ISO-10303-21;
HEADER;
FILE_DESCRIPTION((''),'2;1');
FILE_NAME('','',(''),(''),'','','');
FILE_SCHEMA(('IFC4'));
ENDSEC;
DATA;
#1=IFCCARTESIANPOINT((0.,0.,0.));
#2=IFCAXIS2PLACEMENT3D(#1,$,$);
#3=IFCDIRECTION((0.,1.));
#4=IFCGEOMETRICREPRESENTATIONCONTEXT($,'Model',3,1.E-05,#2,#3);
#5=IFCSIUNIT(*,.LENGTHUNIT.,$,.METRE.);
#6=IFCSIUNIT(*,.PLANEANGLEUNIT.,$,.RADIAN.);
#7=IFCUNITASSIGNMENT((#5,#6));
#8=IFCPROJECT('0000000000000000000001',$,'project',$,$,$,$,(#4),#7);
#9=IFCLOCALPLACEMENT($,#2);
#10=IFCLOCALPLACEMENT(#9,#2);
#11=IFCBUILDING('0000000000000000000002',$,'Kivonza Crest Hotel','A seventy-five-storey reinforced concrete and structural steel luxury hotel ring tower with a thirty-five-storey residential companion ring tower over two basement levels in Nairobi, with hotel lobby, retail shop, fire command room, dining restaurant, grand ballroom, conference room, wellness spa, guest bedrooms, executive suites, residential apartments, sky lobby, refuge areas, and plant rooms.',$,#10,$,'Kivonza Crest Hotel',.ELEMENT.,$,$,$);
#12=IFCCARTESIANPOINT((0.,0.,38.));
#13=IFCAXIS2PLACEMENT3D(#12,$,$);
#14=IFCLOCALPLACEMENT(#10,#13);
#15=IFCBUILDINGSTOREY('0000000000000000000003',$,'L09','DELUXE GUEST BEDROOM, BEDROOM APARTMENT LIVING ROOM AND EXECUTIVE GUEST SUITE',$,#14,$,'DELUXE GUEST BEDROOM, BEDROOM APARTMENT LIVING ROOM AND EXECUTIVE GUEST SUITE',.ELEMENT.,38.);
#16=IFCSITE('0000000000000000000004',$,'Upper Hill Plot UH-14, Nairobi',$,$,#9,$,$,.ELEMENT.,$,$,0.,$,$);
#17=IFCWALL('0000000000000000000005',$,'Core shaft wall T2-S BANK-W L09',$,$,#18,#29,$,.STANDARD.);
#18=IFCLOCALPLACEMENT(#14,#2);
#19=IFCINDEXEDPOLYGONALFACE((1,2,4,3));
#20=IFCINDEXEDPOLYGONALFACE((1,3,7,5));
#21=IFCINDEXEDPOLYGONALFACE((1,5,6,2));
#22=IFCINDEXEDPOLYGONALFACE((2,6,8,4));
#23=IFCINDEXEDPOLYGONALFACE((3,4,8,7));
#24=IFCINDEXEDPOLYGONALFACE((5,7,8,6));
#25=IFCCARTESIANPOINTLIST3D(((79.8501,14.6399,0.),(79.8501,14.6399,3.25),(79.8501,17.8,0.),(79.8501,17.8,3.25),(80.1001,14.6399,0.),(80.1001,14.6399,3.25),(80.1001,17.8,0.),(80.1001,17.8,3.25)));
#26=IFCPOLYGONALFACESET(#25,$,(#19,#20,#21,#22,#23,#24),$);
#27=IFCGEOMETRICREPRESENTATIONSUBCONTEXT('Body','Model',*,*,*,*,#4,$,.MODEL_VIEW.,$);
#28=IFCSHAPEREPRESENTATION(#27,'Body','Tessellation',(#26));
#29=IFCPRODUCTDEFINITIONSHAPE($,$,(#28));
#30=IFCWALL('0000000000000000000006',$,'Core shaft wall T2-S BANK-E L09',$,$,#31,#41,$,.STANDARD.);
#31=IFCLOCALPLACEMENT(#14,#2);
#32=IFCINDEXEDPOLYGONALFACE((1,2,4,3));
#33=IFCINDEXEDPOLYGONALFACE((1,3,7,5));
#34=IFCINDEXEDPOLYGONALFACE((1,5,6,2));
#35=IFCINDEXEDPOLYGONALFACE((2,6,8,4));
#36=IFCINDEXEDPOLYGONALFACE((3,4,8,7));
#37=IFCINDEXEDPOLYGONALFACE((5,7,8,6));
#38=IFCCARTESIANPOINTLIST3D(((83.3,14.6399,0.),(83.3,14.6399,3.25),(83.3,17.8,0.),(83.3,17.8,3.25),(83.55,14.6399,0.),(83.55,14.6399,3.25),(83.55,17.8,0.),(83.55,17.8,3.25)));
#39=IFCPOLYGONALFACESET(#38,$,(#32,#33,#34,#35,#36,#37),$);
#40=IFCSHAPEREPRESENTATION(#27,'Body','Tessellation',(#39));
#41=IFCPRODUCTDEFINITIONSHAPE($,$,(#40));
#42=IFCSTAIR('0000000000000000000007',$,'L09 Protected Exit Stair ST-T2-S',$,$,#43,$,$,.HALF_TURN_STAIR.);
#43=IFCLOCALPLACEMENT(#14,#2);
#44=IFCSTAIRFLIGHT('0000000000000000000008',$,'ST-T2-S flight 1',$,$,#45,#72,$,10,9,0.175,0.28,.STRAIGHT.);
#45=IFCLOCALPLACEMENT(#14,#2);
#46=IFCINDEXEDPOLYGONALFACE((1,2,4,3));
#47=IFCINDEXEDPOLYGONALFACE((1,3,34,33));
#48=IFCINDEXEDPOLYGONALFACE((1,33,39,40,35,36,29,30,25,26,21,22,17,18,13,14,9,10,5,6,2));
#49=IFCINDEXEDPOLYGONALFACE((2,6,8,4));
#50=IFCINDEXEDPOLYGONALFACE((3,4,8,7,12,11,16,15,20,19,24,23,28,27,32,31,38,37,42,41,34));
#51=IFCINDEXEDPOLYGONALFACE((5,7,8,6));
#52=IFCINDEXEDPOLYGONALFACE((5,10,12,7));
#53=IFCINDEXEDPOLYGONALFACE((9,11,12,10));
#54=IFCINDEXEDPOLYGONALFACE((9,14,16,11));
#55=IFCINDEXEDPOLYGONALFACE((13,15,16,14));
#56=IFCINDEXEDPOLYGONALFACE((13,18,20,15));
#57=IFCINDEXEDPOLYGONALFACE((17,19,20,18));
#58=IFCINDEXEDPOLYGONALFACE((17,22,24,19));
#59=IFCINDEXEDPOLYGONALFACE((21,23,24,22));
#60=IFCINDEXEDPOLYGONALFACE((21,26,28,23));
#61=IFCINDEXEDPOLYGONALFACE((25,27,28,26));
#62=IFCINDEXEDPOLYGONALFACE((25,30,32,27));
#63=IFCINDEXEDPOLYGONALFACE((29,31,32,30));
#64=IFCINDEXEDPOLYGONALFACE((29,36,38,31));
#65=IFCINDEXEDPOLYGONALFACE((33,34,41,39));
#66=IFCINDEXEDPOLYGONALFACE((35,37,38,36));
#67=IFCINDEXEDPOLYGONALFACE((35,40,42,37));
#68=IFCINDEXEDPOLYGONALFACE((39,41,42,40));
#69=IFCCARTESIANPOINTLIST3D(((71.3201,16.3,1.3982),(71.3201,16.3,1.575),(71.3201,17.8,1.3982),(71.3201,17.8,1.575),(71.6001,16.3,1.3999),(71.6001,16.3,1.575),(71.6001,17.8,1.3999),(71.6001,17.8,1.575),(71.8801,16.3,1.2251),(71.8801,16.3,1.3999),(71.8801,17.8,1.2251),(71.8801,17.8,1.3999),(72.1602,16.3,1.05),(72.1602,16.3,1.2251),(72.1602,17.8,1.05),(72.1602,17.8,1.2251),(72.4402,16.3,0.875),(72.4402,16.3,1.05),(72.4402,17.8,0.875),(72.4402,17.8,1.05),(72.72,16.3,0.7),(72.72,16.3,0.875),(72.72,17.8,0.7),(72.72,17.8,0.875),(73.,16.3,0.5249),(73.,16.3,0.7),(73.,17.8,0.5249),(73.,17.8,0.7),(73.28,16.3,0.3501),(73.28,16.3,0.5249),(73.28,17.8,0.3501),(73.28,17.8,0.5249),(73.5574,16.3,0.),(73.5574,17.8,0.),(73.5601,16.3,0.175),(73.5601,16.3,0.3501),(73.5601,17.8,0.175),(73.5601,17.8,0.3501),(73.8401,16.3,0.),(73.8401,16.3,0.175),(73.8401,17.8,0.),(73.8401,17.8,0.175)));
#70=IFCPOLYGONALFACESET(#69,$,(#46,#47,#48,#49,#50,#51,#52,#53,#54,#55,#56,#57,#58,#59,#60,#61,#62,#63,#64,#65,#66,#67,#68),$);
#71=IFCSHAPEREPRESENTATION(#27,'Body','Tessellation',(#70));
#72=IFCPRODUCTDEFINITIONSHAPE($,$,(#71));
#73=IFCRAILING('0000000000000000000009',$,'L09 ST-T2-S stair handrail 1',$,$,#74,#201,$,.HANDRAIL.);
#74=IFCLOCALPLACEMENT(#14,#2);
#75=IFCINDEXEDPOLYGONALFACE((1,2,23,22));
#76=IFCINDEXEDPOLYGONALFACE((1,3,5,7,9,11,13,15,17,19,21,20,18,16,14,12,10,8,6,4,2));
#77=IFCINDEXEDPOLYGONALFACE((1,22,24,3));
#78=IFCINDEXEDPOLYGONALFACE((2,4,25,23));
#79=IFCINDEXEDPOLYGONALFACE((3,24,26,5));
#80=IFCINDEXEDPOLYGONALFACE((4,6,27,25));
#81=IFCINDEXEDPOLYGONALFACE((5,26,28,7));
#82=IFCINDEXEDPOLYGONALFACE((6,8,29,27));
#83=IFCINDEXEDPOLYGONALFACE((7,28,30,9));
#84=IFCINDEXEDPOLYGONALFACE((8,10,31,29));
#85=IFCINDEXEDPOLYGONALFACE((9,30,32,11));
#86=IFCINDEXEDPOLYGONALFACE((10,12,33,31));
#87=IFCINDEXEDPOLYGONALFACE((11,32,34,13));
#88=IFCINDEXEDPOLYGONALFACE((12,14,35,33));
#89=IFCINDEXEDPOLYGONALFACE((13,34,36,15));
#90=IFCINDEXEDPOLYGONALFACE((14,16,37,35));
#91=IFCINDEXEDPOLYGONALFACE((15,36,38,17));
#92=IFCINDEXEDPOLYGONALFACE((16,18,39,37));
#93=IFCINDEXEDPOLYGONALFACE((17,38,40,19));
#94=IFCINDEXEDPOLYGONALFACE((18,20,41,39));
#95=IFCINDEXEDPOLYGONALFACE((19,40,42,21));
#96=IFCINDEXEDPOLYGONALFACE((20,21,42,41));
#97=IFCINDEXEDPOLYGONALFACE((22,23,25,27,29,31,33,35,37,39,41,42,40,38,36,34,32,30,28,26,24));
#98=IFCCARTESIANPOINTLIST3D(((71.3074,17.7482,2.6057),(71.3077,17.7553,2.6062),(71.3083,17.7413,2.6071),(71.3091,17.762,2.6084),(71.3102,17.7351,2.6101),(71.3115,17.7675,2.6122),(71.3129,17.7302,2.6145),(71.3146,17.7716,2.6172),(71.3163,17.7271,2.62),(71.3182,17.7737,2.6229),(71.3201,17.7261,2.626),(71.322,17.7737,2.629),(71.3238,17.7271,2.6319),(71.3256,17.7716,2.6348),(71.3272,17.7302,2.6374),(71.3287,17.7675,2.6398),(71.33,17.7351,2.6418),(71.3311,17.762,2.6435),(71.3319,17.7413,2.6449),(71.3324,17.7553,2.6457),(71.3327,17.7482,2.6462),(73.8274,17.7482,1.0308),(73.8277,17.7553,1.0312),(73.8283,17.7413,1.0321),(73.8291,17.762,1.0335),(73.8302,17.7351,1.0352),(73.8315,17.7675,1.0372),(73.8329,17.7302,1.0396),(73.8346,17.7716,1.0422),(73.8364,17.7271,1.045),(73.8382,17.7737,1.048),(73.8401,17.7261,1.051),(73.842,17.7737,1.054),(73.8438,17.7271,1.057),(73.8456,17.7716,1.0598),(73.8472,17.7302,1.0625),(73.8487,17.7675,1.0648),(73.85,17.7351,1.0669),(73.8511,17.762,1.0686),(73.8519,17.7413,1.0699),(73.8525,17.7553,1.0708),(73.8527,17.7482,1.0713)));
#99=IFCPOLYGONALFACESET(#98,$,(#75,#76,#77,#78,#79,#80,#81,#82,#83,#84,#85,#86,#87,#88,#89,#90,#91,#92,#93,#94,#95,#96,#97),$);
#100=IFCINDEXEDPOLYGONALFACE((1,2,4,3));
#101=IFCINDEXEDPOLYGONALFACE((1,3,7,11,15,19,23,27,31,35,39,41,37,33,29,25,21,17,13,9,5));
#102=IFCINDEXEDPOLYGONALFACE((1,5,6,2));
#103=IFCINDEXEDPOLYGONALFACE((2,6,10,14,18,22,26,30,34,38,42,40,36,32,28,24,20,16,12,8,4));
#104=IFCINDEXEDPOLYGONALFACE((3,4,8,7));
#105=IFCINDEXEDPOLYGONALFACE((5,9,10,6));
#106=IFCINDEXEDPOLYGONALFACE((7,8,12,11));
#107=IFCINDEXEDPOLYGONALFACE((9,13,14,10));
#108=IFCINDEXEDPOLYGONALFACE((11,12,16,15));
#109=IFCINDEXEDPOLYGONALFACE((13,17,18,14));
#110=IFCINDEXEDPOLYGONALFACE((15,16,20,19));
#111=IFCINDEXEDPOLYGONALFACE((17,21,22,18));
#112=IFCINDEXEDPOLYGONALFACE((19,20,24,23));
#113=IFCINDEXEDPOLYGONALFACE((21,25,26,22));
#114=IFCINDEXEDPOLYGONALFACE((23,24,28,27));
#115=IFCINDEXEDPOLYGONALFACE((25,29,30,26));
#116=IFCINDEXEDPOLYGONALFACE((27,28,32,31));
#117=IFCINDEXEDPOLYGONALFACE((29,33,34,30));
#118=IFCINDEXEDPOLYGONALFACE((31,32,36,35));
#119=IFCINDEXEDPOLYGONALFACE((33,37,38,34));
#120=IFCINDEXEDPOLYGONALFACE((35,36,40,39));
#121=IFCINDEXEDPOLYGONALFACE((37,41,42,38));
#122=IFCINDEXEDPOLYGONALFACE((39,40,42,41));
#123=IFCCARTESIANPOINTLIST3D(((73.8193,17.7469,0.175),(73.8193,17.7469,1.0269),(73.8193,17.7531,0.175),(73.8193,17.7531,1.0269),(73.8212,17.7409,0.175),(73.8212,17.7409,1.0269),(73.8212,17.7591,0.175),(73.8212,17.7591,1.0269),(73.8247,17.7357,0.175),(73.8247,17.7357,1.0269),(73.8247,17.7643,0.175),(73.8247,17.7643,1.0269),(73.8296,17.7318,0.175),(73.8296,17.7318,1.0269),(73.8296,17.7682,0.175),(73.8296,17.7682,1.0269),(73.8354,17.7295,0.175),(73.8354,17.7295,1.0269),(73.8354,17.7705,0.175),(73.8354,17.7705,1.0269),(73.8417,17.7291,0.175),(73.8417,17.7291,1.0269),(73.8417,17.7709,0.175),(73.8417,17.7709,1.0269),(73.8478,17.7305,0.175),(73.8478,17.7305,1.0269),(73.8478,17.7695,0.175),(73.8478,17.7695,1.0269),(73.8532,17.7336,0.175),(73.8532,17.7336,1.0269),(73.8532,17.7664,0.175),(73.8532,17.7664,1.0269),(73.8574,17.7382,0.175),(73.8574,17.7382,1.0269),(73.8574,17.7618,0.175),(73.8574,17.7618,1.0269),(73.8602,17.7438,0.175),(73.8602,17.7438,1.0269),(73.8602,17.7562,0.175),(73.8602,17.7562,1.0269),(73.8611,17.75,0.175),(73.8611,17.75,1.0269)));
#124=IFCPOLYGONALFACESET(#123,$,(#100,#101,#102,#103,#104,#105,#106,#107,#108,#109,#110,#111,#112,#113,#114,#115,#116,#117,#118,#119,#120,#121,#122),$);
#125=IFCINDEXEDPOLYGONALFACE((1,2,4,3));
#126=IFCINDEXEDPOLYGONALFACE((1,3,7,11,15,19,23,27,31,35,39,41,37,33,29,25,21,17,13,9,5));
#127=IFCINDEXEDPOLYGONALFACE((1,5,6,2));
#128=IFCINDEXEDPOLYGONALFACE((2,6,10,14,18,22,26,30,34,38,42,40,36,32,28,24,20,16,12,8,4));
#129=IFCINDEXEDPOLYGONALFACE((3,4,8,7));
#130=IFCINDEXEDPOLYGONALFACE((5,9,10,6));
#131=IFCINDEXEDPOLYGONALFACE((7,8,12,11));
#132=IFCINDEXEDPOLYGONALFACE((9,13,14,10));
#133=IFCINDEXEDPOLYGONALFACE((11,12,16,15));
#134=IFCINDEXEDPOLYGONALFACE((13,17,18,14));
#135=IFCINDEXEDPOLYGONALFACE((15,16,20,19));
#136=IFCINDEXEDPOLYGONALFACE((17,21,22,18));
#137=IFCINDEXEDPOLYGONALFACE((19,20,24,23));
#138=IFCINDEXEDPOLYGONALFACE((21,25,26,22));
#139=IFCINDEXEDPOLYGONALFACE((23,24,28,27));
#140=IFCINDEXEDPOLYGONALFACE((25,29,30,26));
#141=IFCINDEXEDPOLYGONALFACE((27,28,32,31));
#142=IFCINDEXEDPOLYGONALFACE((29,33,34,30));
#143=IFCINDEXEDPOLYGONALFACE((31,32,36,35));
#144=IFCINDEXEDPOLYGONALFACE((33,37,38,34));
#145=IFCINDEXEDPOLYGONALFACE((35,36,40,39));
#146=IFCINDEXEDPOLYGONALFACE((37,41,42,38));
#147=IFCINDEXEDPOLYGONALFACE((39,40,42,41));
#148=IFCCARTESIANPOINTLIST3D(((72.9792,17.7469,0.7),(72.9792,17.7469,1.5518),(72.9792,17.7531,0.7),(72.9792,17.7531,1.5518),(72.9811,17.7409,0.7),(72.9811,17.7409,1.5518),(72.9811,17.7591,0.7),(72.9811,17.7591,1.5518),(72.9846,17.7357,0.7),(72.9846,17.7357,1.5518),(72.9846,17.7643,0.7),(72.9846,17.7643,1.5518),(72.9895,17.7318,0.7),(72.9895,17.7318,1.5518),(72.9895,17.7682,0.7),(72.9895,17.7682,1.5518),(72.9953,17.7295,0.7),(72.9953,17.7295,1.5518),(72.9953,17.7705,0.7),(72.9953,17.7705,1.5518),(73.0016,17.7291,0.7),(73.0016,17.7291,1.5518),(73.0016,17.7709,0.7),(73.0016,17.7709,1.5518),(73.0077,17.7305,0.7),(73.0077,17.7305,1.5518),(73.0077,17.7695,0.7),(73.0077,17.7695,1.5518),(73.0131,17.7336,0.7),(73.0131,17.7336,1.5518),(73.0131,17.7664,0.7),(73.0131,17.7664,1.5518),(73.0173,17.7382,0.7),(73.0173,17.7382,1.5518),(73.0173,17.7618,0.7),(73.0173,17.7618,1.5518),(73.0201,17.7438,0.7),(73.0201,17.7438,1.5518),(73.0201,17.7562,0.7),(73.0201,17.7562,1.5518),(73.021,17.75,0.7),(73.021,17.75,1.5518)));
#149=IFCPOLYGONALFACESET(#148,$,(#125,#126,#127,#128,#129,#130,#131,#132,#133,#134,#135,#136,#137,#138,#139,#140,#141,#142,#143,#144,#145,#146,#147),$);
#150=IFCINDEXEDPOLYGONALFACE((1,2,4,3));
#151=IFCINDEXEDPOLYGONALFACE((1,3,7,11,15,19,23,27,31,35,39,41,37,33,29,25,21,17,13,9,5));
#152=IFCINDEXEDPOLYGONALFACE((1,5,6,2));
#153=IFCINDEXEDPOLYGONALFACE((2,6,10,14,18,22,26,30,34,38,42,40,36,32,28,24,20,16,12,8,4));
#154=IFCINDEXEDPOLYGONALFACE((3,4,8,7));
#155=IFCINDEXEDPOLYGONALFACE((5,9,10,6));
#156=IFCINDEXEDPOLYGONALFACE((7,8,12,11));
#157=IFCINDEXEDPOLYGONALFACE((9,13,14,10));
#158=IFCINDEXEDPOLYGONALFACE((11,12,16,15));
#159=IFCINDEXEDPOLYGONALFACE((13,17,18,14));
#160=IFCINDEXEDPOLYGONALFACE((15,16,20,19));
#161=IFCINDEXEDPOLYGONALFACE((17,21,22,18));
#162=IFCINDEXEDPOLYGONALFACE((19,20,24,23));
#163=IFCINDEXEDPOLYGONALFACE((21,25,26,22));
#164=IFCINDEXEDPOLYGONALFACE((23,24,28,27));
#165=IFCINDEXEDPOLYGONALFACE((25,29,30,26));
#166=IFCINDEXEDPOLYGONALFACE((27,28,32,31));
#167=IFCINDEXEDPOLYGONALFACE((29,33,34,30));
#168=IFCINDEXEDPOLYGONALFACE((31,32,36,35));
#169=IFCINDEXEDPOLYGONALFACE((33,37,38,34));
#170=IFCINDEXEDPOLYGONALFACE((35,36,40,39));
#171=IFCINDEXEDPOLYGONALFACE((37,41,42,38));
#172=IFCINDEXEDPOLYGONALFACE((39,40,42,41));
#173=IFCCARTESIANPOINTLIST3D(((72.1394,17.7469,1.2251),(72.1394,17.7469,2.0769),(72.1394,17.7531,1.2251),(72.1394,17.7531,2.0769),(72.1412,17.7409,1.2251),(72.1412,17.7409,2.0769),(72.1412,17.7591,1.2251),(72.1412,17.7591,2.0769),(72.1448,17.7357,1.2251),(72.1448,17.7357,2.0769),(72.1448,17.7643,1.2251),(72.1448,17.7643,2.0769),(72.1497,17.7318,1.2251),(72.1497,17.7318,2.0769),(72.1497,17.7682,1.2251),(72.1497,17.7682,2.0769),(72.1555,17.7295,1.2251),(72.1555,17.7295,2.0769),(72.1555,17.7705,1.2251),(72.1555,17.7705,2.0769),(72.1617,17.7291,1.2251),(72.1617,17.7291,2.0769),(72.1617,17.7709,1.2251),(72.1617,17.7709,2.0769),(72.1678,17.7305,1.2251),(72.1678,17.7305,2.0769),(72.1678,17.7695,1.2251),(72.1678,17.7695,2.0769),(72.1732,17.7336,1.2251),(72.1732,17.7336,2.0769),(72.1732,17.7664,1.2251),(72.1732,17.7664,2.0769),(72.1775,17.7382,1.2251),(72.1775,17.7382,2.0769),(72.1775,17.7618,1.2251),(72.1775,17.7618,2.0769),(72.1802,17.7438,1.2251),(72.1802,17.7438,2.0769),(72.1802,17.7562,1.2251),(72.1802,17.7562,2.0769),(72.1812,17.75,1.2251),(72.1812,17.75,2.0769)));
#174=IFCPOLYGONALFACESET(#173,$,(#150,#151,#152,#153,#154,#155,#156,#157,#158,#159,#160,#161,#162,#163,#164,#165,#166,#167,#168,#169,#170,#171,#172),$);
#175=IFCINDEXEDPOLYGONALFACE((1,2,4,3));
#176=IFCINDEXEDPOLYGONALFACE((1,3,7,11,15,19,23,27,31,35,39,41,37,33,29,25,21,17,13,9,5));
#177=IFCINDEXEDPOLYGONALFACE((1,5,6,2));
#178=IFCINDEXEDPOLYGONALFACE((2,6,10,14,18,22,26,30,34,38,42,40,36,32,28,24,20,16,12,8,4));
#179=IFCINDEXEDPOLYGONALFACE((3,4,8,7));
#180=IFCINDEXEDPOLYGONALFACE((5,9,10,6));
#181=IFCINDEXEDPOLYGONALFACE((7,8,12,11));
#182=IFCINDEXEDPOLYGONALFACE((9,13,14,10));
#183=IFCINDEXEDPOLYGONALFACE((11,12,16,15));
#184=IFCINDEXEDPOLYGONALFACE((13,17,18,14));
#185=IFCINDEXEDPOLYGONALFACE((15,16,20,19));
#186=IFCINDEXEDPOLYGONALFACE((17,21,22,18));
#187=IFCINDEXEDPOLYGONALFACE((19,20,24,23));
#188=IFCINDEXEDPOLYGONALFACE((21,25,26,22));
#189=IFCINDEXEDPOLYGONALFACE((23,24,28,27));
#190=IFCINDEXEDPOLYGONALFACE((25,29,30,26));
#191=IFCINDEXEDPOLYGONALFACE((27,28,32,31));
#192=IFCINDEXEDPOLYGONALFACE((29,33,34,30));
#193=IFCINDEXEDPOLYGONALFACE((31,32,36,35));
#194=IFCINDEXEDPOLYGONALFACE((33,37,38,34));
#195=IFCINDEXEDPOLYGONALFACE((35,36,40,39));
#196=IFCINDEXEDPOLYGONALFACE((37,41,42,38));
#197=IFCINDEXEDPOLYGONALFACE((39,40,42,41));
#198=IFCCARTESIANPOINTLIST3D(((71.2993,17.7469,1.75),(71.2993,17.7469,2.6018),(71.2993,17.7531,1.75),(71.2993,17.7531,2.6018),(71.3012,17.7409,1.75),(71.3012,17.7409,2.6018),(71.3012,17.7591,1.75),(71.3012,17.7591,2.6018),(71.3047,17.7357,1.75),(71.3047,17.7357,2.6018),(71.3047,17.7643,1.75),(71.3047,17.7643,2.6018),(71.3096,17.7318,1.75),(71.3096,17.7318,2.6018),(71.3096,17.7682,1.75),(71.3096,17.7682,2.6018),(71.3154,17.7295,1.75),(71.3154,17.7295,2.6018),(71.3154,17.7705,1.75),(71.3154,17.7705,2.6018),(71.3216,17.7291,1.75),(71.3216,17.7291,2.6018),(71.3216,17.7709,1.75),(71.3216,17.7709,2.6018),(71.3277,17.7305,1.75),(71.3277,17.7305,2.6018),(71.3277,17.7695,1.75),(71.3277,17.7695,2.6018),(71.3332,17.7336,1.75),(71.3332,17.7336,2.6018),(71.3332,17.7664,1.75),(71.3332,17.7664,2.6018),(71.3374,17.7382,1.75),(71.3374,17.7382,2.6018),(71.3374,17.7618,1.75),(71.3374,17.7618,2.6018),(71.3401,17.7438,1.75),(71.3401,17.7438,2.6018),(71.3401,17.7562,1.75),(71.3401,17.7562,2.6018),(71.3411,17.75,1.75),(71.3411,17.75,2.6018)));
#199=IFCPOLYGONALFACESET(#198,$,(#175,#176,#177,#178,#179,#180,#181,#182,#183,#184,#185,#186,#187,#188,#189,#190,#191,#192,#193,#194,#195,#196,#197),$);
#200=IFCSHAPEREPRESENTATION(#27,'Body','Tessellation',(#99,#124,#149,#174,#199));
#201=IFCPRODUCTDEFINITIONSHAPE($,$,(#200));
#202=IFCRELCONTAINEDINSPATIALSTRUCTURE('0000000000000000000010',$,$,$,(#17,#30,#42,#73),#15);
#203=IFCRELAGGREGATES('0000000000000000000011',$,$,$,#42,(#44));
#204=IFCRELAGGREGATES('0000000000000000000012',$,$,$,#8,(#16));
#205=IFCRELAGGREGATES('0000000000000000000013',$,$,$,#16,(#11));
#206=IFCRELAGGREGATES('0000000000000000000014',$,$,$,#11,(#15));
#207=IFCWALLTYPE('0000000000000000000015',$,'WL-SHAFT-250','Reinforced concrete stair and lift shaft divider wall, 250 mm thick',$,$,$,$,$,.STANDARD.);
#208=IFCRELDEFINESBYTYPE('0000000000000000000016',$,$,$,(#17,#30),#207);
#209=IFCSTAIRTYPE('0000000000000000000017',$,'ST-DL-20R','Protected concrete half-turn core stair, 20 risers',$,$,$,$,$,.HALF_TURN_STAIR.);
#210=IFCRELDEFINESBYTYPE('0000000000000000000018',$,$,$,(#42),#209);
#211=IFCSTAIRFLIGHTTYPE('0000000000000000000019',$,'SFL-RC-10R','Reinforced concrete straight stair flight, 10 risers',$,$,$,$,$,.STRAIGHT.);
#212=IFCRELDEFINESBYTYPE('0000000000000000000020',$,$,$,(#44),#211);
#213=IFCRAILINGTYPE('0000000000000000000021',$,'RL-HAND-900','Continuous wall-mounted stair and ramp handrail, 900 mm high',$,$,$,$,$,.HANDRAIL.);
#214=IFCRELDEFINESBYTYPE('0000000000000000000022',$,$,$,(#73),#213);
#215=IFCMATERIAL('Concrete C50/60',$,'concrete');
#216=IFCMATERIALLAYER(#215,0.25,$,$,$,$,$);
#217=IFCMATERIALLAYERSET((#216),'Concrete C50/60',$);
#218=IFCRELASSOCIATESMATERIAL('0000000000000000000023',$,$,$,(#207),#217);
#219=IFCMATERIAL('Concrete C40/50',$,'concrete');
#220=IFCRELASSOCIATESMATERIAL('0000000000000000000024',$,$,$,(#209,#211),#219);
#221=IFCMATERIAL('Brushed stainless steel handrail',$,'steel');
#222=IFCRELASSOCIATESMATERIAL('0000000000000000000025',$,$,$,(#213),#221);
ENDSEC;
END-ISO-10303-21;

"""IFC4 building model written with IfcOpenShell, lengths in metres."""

from ifc_helpers import new_model, si_unit, direction, frame, frame_2d, origin, origin_2d, place, context, subcontext, project, spatial, polyline, rectangle, circle, outline, extrude, material, layer, layer_set, type_object, element, aggregate, save


model = new_model("IFC4")

# Units and contexts
model_context = context("Model", 3, precision=1e-05, world=origin(), true_north=direction((0.0, 1.0)))
body_context = subcontext(model_context, "Body", "Model", "MODEL_VIEW")
ifc_project = project(units=[si_unit("LENGTHUNIT", "METRE"), si_unit("PLANEANGLEUNIT", "RADIAN")], contexts=[model_context])

# Site, building, storey
site_placement = place(None, origin())
site = spatial("IfcSite", under=ifc_project, at=site_placement, Name="Upper Hill Plot UH-14, Nairobi", CompositionType="ELEMENT", RefElevation=0.0)
building_placement = place(site_placement, origin())
building = spatial("IfcBuilding", under=site, at=building_placement, Name="Kivonza Crest Hotel", Description="A seventy-five-storey reinforced concrete and structural steel luxury hotel ring tower with a thirty-five-storey residential companion ring tower over two basement levels in Nairobi, with hotel lobby, retail shop, fire command room, dining restaurant, grand ballroom, conference room, wellness spa, guest bedrooms, executive suites, residential apartments, sky lobby, refuge areas, and plant rooms.", LongName="Kivonza Crest Hotel", CompositionType="ELEMENT")
storey_placement = place(building_placement, frame((0.0, 0.0, 38.0)))
storey = spatial("IfcBuildingStorey", under=building, at=storey_placement, Name="L09", Description="DELUXE GUEST BEDROOM, BEDROOM APARTMENT LIVING ROOM AND EXECUTIVE GUEST SUITE", LongName="DELUXE GUEST BEDROOM, BEDROOM APARTMENT LIVING ROOM AND EXECUTIVE GUEST SUITE", CompositionType="ELEMENT", Elevation=38.0)

# Shared definitions
ifc_material_1 = material(Name="Concrete C50/60", Category="concrete")
ifc_layer_1 = layer(ifc_material_1, 0.25)
ifc_layer_set_1 = layer_set([ifc_layer_1], Name="Concrete C50/60")
wall_type_1 = type_object("IfcWallType", Name="WL-SHAFT-250", Description="Reinforced concrete stair and lift shaft divider wall, 250 mm thick", PredefinedType="STANDARD", material=ifc_layer_set_1)

# Walls
for number, where, z_axis, x_axis, name in (
    (1, (79.9751, 14.6399, 0.0), (0.0, 0.0, 1.0), (0.0, 1.0, 0.0), "Core shaft wall T2-S BANK-W L09"),
    (2, (83.425, 14.6399, 0.0), (0.0, 0.0, 1.0), (0.0, 1.0, 0.0), "Core shaft wall T2-S BANK-E L09"),
):
    element("IfcWall", number, at=place(storey_placement, frame(where, z_axis=z_axis, x_axis=x_axis)), inside=storey, type_object=wall_type_1, Name=name, PredefinedType="STANDARD", context=body_context, shape_type="SweptSolid", body=[
        extrude(rectangle(XDim=3.1602, YDim=0.25, at=frame_2d((1.5801, 0.0))), origin(), (0.0, 0.0, 1.0), 3.25),
    ])

# Stair, stair flight
ifc_material_2 = material(Name="Concrete C40/50", Category="concrete")
stair_type = type_object("IfcStairType", Name="ST-DL-20R", Description="Protected concrete half-turn core stair, 20 risers", PredefinedType="HALF_TURN_STAIR", material=ifc_material_2)
stair_placement = place(storey_placement, origin())
stair = element("IfcStair", 3, at=stair_placement, inside=storey, type_object=stair_type, Name="L09 Protected Exit Stair ST-T2-S", PredefinedType="HALF_TURN_STAIR")
stair_flight_type = type_object("IfcStairFlightType", Name="SFL-RC-10R", Description="Reinforced concrete straight stair flight, 10 risers", PredefinedType="STRAIGHT", material=ifc_material_2)
stair_flight_placement = place(storey_placement, frame((73.8401, 17.05, 0.0), z_axis=(0.0, 0.0, 1.0), x_axis=(-1.0, 0.0, 0.0)))
stair_flight = element("IfcStairFlight", 4, at=stair_flight_placement, type_object=stair_flight_type, Name="ST-T2-S flight 1", NumberOfRisers=10, NumberOfTreads=9, PredefinedType="STRAIGHT", RiserHeight=0.175, TreadLength=0.28, context=body_context, shape_type="SweptSolid", body=[
    extrude(outline(polyline([(0.0, 0.0), (0.0, 0.175), (0.28, 0.175), (0.28, 0.3501), (0.5601, 0.3501), (0.5601, 0.5249), (0.8401, 0.5249), (0.8401, 0.7), (1.1201, 0.7), (1.1201, 0.875), (1.3999, 0.875), (1.3999, 1.05), (1.6799, 1.05), (1.6799, 1.2251), (1.96, 1.2251), (1.96, 1.3999), (2.24, 1.3999), (2.24, 1.575), (2.52, 1.575), (2.52, 1.75), (2.52, 1.3982), (0.2827, 0.0), (0.0, 0.0)])), frame((0.0, 0.75, 0.0), z_axis=(0.0, -1.0, 0.0), x_axis=(1.0, 0.0, 0.0)), (0.0, 0.0, 1.0), 1.5),
])
aggregate(stair, [stair_flight])

# Railing
ifc_material_3 = material(Name="Brushed stainless steel handrail", Category="steel")
railing_type_1 = type_object("IfcRailingType", Name="RL-HAND-900", Description="Continuous wall-mounted stair and ramp handrail, 900 mm high", PredefinedType="HANDRAIL", material=ifc_material_3)
railing_1_placement = place(storey_placement, frame((73.8401, 17.75, 0.175)))
element("IfcRailing", 5, at=railing_1_placement, inside=storey, type_object=railing_type_1, Name="L09 ST-T2-S stair handrail 1", PredefinedType="HANDRAIL", context=body_context, shape_type="SweptSolid", body=[
    extrude(circle(Radius=0.0239, at=origin_2d()), frame((0.0, 0.0, 0.876), z_axis=(-0.848008, 0.0, 0.529984), x_axis=(0.0, -1.0, 0.0)), (0.0, 0.0, 1.0), 2.9717),
    extrude(circle(Radius=0.021, at=origin_2d()), origin(), (0.0, 0.0, 1.0), 0.8518),
    extrude(circle(Radius=0.021, at=origin_2d()), frame((-0.8401, 0.0, 0.5249)), (0.0, 0.0, 1.0), 0.8518),
    extrude(circle(Radius=0.021, at=origin_2d()), frame((-1.6799, 0.0, 1.05)), (0.0, 0.0, 1.0), 0.8518),
    extrude(circle(Radius=0.021, at=origin_2d()), frame((-2.52, 0.0, 1.575)), (0.0, 0.0, 1.0), 0.8518),
])

save(model, "model.ifc")
